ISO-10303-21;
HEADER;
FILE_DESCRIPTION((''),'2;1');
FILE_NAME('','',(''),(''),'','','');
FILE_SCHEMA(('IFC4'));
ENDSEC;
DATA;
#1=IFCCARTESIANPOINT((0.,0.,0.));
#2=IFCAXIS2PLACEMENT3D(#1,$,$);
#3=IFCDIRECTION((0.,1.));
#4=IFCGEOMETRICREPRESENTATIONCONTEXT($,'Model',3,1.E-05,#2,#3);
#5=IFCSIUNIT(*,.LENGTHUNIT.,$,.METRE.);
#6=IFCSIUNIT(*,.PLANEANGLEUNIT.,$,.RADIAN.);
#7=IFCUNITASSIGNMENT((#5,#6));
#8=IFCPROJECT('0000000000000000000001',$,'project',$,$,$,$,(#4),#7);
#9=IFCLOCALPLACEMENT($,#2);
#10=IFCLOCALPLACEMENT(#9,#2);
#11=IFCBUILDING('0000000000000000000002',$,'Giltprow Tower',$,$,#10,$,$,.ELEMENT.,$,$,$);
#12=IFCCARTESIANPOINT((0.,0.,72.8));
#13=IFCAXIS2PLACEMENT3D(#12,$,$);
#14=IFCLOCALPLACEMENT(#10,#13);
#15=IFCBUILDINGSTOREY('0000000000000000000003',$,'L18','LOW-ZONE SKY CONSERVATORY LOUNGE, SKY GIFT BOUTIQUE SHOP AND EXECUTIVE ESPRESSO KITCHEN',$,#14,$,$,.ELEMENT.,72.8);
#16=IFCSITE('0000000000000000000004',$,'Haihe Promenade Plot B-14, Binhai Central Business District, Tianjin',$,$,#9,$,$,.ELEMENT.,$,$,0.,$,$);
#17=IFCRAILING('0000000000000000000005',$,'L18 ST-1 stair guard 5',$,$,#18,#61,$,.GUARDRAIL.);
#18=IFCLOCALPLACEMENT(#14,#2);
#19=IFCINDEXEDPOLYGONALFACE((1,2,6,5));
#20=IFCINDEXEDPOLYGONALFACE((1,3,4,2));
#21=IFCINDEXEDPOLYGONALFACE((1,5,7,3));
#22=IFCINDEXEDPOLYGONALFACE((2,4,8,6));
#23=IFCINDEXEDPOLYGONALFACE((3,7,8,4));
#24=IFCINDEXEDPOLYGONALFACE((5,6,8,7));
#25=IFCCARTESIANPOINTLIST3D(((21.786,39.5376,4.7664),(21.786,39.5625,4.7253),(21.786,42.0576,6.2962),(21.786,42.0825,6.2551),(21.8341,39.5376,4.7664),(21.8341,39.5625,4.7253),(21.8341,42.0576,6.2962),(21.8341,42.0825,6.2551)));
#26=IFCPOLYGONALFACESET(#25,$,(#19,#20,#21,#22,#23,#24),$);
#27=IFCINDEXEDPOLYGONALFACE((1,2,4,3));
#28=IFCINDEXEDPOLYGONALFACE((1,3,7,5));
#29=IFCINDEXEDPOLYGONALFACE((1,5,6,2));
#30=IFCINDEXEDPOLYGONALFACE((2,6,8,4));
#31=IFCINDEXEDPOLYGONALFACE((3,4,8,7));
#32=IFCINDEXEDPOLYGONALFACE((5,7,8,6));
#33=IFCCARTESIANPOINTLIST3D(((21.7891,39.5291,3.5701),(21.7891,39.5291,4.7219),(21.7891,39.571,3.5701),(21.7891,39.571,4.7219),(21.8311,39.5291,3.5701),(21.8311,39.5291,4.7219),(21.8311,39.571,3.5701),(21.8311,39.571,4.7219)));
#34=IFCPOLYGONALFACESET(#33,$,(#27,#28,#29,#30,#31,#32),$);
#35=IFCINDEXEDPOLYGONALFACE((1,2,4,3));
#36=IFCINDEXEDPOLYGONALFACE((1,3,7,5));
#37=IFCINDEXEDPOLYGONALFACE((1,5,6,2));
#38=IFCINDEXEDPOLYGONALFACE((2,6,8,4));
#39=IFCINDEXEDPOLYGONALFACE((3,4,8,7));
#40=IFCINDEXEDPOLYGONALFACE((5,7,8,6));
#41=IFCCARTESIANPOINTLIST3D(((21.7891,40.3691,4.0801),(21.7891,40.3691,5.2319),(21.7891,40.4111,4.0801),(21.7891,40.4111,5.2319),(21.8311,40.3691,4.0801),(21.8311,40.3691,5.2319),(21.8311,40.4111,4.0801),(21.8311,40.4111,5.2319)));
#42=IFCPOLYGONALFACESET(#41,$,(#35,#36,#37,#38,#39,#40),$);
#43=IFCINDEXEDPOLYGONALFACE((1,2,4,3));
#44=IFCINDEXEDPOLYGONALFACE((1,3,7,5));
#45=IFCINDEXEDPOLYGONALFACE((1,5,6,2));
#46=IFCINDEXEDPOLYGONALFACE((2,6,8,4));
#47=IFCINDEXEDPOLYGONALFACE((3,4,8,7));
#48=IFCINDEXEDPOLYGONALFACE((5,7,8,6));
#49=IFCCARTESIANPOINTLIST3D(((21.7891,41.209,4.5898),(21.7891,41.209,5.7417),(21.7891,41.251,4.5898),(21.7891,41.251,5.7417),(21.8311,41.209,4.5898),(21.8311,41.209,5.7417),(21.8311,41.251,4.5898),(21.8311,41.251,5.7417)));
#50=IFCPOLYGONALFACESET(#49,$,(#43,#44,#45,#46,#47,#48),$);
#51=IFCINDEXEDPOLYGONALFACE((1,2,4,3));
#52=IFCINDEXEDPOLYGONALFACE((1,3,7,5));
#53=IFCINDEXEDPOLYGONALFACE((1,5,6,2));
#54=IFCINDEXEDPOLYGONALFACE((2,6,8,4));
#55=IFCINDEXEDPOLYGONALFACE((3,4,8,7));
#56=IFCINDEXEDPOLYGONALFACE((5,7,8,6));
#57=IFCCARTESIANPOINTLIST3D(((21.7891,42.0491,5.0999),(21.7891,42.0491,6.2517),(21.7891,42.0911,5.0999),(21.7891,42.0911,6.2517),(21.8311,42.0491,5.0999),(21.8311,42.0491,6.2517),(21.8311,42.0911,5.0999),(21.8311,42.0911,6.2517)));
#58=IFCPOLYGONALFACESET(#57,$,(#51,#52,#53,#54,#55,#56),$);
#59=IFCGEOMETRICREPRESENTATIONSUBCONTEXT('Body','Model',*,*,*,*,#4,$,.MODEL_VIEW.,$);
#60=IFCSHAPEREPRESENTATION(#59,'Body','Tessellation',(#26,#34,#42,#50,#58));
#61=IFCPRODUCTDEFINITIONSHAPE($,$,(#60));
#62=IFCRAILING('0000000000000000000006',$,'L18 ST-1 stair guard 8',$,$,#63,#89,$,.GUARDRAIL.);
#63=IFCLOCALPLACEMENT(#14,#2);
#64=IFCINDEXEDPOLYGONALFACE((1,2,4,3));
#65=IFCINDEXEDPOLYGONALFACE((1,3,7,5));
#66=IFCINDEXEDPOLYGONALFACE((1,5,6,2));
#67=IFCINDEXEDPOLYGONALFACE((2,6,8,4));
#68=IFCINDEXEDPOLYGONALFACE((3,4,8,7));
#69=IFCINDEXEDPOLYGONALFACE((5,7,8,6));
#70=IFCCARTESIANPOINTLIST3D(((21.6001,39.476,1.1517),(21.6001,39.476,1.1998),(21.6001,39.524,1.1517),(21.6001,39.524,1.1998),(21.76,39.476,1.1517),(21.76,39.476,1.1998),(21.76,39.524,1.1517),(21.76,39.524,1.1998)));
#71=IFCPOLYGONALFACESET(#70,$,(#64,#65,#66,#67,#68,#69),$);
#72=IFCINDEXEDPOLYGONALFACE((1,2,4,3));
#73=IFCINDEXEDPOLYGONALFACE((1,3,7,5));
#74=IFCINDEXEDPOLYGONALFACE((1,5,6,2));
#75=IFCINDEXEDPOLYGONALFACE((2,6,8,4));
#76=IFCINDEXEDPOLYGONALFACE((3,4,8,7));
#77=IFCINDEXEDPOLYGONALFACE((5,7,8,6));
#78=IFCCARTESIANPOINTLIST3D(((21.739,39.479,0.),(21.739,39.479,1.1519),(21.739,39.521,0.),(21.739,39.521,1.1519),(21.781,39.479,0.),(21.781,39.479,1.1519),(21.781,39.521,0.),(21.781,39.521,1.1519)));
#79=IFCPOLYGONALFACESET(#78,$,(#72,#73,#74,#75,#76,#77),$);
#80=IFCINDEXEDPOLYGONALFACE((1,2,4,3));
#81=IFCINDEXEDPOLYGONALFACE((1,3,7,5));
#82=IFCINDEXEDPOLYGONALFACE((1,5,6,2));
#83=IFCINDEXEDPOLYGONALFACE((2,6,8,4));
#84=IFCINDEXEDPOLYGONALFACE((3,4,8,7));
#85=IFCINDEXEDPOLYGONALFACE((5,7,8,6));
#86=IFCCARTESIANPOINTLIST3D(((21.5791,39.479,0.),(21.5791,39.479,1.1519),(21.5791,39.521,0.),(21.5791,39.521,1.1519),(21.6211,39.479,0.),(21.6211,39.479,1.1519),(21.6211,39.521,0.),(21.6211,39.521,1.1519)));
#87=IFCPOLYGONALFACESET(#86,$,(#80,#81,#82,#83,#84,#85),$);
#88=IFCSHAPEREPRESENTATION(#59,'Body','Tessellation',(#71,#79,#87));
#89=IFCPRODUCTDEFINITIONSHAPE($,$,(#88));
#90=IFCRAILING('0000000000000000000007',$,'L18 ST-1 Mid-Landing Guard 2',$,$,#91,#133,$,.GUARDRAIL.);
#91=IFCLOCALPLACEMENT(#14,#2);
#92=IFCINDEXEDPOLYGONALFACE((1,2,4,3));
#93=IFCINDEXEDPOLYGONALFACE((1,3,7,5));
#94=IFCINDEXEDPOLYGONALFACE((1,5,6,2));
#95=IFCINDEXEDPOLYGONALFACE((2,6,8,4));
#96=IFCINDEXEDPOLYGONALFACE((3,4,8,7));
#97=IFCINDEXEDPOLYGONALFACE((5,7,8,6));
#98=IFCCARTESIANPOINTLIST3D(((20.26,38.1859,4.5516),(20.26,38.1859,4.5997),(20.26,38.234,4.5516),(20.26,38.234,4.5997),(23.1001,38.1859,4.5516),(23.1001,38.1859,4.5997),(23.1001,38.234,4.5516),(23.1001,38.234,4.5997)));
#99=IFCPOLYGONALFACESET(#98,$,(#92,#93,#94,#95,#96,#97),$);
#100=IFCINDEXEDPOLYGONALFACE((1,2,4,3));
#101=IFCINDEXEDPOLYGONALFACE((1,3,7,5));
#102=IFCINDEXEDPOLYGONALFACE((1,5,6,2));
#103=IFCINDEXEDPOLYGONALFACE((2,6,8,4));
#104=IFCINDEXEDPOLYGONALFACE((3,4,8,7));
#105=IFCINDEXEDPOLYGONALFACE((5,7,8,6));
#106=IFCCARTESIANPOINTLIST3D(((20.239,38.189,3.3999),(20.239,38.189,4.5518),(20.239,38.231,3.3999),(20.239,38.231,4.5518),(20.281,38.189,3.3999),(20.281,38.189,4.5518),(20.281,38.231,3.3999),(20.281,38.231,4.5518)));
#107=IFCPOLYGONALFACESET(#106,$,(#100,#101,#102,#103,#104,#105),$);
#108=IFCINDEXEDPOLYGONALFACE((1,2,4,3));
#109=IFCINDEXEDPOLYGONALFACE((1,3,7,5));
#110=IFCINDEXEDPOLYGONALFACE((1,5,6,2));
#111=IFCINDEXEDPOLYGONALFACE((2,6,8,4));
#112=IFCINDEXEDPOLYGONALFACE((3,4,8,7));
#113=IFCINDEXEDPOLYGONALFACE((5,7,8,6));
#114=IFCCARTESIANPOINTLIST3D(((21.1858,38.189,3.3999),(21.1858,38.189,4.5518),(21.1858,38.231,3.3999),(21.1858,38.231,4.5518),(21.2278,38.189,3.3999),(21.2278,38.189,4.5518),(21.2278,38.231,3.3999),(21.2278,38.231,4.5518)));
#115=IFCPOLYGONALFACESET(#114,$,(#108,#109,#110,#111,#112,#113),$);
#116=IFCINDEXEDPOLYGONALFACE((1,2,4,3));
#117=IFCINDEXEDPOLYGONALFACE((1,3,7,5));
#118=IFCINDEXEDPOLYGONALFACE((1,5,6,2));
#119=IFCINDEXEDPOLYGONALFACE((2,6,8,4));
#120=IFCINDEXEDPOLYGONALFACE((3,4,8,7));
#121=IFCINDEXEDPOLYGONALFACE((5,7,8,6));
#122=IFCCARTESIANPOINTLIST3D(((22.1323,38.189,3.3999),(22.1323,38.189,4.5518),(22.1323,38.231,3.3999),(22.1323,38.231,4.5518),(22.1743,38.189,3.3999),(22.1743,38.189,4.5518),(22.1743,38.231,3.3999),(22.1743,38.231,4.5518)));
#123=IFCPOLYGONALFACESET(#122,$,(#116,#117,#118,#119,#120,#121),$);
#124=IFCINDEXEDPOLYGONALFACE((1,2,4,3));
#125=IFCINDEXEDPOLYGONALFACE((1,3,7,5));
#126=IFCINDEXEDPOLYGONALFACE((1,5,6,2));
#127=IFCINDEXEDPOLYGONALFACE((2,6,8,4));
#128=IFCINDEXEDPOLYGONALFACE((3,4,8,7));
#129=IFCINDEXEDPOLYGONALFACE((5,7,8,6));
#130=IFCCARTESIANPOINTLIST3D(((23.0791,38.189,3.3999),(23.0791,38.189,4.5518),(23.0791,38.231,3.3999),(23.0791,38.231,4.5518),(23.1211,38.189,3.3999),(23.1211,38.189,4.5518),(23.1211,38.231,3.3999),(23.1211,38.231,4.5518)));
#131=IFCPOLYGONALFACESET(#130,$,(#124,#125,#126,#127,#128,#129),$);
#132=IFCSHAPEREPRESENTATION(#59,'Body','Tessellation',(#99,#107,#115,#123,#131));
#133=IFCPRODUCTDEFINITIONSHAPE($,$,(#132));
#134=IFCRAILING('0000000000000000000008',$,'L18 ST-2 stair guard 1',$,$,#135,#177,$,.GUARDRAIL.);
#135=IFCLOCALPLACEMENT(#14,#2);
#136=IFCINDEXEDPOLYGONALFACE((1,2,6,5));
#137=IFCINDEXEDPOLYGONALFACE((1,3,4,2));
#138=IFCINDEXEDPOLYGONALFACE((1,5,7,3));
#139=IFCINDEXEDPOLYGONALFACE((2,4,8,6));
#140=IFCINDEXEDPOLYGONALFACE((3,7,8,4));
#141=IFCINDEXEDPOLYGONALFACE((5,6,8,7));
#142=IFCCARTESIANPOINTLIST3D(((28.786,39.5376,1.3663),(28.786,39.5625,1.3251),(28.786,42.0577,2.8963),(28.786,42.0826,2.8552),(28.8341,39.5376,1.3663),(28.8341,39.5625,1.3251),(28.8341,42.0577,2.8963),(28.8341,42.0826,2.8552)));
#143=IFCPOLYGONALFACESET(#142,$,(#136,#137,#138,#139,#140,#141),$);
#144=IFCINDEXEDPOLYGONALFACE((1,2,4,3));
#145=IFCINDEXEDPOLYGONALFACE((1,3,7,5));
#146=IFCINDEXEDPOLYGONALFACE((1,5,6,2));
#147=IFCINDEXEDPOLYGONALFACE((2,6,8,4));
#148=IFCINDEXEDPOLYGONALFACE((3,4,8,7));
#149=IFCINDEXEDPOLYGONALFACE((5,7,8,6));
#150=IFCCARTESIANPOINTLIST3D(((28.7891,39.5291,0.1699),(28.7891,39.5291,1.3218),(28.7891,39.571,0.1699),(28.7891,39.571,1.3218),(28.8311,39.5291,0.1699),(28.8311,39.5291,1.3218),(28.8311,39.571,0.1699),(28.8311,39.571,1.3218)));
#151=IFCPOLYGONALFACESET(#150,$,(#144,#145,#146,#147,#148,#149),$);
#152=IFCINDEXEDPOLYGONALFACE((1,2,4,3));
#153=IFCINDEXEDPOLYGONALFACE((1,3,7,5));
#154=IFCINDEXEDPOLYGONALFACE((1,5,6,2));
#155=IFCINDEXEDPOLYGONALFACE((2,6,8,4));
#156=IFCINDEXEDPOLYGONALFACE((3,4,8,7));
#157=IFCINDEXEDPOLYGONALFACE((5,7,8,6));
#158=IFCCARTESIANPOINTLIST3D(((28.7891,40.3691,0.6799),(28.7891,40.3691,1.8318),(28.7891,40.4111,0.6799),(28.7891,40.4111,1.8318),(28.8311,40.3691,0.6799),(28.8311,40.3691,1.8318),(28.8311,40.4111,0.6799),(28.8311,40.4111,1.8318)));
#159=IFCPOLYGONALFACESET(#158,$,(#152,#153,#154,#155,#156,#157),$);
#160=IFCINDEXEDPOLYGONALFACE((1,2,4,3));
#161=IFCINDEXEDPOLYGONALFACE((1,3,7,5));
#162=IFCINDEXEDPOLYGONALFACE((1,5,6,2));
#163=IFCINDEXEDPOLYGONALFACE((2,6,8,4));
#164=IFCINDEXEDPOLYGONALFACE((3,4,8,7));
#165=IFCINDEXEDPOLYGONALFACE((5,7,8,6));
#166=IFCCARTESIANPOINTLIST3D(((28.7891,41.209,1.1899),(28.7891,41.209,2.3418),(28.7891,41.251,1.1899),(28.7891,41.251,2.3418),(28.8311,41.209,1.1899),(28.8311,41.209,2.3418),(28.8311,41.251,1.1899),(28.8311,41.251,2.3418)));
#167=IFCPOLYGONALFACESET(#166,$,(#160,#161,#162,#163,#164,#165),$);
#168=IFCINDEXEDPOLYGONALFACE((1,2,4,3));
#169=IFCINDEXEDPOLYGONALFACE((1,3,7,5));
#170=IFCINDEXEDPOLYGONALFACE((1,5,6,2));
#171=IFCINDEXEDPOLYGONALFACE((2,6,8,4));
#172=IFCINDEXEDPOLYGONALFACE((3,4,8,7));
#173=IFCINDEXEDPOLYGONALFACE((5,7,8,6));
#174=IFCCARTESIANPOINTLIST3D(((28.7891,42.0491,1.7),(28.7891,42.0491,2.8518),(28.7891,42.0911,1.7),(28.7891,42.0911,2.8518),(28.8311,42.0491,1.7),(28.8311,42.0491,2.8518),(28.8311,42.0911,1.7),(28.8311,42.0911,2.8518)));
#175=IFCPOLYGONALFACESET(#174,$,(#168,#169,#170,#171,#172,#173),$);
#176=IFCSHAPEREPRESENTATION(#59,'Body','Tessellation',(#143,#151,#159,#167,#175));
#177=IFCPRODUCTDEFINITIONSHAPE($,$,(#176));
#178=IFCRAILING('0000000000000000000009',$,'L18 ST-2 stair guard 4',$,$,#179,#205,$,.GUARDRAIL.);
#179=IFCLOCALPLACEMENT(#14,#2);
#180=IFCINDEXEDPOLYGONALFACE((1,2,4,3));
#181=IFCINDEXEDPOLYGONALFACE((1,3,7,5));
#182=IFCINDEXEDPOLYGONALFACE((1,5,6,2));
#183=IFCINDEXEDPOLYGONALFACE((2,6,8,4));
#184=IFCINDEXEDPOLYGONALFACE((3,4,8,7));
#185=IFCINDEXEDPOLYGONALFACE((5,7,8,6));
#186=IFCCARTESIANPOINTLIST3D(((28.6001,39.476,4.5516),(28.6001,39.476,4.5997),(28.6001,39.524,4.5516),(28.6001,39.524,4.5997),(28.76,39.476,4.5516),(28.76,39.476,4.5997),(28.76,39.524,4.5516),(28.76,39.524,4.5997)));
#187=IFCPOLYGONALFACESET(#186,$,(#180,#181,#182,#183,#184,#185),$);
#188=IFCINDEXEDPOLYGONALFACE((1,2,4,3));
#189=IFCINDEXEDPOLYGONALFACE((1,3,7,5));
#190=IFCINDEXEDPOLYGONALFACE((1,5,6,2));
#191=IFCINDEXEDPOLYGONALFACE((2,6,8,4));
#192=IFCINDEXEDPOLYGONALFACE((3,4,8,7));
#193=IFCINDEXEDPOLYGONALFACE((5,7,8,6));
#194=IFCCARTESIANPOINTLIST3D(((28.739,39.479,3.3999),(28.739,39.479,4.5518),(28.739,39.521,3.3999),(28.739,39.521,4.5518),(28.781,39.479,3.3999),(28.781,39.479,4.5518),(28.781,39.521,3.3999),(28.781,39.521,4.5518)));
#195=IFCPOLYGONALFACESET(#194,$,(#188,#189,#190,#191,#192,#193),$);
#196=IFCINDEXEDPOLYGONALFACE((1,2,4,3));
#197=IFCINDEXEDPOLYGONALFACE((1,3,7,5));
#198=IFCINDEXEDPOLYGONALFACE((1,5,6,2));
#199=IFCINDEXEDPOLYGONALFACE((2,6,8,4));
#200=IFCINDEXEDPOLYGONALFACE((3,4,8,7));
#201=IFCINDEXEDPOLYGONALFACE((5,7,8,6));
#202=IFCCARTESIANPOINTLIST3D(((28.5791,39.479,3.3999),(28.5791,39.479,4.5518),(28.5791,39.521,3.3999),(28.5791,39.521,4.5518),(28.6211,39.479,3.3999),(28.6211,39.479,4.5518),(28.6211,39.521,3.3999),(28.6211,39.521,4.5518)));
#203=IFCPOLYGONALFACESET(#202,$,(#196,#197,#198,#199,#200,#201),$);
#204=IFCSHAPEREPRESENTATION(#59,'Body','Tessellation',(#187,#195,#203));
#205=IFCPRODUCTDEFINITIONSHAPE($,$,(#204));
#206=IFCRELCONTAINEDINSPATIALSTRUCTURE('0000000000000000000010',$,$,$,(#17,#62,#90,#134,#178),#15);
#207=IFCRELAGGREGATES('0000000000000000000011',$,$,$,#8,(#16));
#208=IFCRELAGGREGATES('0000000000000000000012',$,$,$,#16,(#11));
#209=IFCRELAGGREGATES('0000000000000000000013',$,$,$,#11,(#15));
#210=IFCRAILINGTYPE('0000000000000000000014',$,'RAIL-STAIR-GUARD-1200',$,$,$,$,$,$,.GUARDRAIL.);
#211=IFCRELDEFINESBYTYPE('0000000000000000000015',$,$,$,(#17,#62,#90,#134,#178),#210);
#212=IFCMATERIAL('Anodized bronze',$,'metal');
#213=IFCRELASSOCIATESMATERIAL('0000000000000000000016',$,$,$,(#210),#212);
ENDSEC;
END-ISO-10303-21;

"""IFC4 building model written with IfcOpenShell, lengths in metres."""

from ifc_helpers import new_model, si_unit, direction, frame, origin, origin_2d, place, context, subcontext, project, spatial, rectangle, extrude, material, type_object, element, save


model = new_model("IFC4")

# Units and contexts
model_context = context("Model", 3, precision=1e-05, world=origin(), true_north=direction((0.0, 1.0)))
body_context = subcontext(model_context, "Body", "Model", "MODEL_VIEW")
ifc_project = project(units=[si_unit("LENGTHUNIT", "METRE"), si_unit("PLANEANGLEUNIT", "RADIAN")], contexts=[model_context])

# Site, building, storey
site_placement = place(None, origin())
site = spatial("IfcSite", under=ifc_project, at=site_placement, Name="Haihe Promenade Plot B-14, Binhai Central Business District, Tianjin", CompositionType="ELEMENT", RefElevation=0.0)
building_placement = place(site_placement, origin())
building = spatial("IfcBuilding", under=site, at=building_placement, Name="Giltprow Tower", CompositionType="ELEMENT")
storey_placement = place(building_placement, frame((0.0, 0.0, 72.8)))
storey = spatial("IfcBuildingStorey", under=building, at=storey_placement, Name="L18", Description="LOW-ZONE SKY CONSERVATORY LOUNGE, SKY GIFT BOUTIQUE SHOP AND EXECUTIVE ESPRESSO KITCHEN", CompositionType="ELEMENT", Elevation=72.8)

# Railings
ifc_material_1 = material(Name="Anodized bronze", Category="metal")
railing_type_1 = type_object("IfcRailingType", Name="RAIL-STAIR-GUARD-1200", PredefinedType="GUARDRAIL", material=ifc_material_1)
railing_1_placement = place(storey_placement, frame((21.8101, 39.55, 3.5701)))
element("IfcRailing", 1, at=railing_1_placement, inside=storey, type_object=railing_type_1, Name="L18 ST-1 stair guard 5", PredefinedType="GUARDRAIL", context=body_context, shape_type="SweptSolid", body=[
    extrude(rectangle(XDim=0.0481, YDim=0.0481, at=origin_2d()), frame((0.0, 0.0, 1.1758), z_axis=(0.0, 0.854822, 0.518922), x_axis=(-1.0, 0.0, 0.0)), (0.0, 0.0, 1.0), 2.948),
    extrude(rectangle(XDim=0.042, YDim=0.042, at=origin_2d()), origin(), (0.0, 0.0, 1.0), 1.1519),
    extrude(rectangle(XDim=0.042, YDim=0.042, at=origin_2d()), frame((0.0, 0.8401, 0.51)), (0.0, 0.0, 1.0), 1.1519),
    extrude(rectangle(XDim=0.042, YDim=0.042, at=origin_2d()), frame((0.0, 1.6799, 1.0198)), (0.0, 0.0, 1.0), 1.1519),
    extrude(rectangle(XDim=0.042, YDim=0.042, at=origin_2d()), frame((0.0, 2.52, 1.5298)), (0.0, 0.0, 1.0), 1.1519),
])
railing_2_placement = place(storey_placement, frame((21.76, 39.5, 0.0)))
element("IfcRailing", 2, at=railing_2_placement, inside=storey, type_object=railing_type_1, Name="L18 ST-1 stair guard 8", PredefinedType="GUARDRAIL", context=body_context, shape_type="SweptSolid", body=[
    extrude(rectangle(XDim=0.0481, YDim=0.0481, at=origin_2d()), frame((0.0, 0.0, 1.1758), z_axis=(-1.0, 0.0, 0.0), x_axis=(0.0, -1.0, 0.0)), (0.0, 0.0, 1.0), 0.1599),
    extrude(rectangle(XDim=0.042, YDim=0.042, at=origin_2d()), origin(), (0.0, 0.0, 1.0), 1.1519),
    extrude(rectangle(XDim=0.042, YDim=0.042, at=origin_2d()), frame((-0.1599, 0.0, 0.0)), (0.0, 0.0, 1.0), 1.1519),
])
railing_3_placement = place(storey_placement, frame((20.26, 38.21, 3.3999)))
element("IfcRailing", 3, at=railing_3_placement, inside=storey, type_object=railing_type_1, Name="L18 ST-1 Mid-Landing Guard 2", PredefinedType="GUARDRAIL", context=body_context, shape_type="SweptSolid", body=[
    extrude(rectangle(XDim=0.0481, YDim=0.0481, at=origin_2d()), frame((0.0, 0.0, 1.1758), z_axis=(1.0, 0.0, 0.0), x_axis=(0.0, 1.0, 0.0)), (0.0, 0.0, 1.0), 2.8401),
    extrude(rectangle(XDim=0.042, YDim=0.042, at=origin_2d()), origin(), (0.0, 0.0, 1.0), 1.1519),
    extrude(rectangle(XDim=0.042, YDim=0.042, at=origin_2d()), frame((0.9468, 0.0, 0.0)), (0.0, 0.0, 1.0), 1.1519),
    extrude(rectangle(XDim=0.042, YDim=0.042, at=origin_2d()), frame((1.8933, 0.0, 0.0)), (0.0, 0.0, 1.0), 1.1519),
    extrude(rectangle(XDim=0.042, YDim=0.042, at=origin_2d()), frame((2.8401, 0.0, 0.0)), (0.0, 0.0, 1.0), 1.1519),
])
railing_4_placement = place(storey_placement, frame((28.8101, 39.55, 0.1699)))
element("IfcRailing", 4, at=railing_4_placement, inside=storey, type_object=railing_type_1, Name="L18 ST-2 stair guard 1", PredefinedType="GUARDRAIL", context=body_context, shape_type="SweptSolid", body=[
    extrude(rectangle(XDim=0.0481, YDim=0.0481, at=origin_2d()), frame((0.0, 0.0, 1.1758), z_axis=(0.0, 0.854785, 0.518982), x_axis=(-1.0, 0.0, 0.0)), (0.0, 0.0, 1.0), 2.9482),
    extrude(rectangle(XDim=0.042, YDim=0.042, at=origin_2d()), origin(), (0.0, 0.0, 1.0), 1.1519),
    extrude(rectangle(XDim=0.042, YDim=0.042, at=origin_2d()), frame((0.0, 0.8401, 0.51)), (0.0, 0.0, 1.0), 1.1519),
    extrude(rectangle(XDim=0.042, YDim=0.042, at=origin_2d()), frame((0.0, 1.6799, 1.02)), (0.0, 0.0, 1.0), 1.1519),
    extrude(rectangle(XDim=0.042, YDim=0.042, at=origin_2d()), frame((0.0, 2.52, 1.53)), (0.0, 0.0, 1.0), 1.1519),
])
railing_5_placement = place(storey_placement, frame((28.76, 39.5, 3.3999)))
element("IfcRailing", 5, at=railing_5_placement, inside=storey, type_object=railing_type_1, Name="L18 ST-2 stair guard 4", PredefinedType="GUARDRAIL", context=body_context, shape_type="SweptSolid", body=[
    extrude(rectangle(XDim=0.0481, YDim=0.0481, at=origin_2d()), frame((0.0, 0.0, 1.1758), z_axis=(-1.0, 0.0, 0.0), x_axis=(0.0, -1.0, 0.0)), (0.0, 0.0, 1.0), 0.1599),
    extrude(rectangle(XDim=0.042, YDim=0.042, at=origin_2d()), origin(), (0.0, 0.0, 1.0), 1.1519),
    extrude(rectangle(XDim=0.042, YDim=0.042, at=origin_2d()), frame((-0.1599, 0.0, 0.0)), (0.0, 0.0, 1.0), 1.1519),
])

save(model, "model.ifc")
